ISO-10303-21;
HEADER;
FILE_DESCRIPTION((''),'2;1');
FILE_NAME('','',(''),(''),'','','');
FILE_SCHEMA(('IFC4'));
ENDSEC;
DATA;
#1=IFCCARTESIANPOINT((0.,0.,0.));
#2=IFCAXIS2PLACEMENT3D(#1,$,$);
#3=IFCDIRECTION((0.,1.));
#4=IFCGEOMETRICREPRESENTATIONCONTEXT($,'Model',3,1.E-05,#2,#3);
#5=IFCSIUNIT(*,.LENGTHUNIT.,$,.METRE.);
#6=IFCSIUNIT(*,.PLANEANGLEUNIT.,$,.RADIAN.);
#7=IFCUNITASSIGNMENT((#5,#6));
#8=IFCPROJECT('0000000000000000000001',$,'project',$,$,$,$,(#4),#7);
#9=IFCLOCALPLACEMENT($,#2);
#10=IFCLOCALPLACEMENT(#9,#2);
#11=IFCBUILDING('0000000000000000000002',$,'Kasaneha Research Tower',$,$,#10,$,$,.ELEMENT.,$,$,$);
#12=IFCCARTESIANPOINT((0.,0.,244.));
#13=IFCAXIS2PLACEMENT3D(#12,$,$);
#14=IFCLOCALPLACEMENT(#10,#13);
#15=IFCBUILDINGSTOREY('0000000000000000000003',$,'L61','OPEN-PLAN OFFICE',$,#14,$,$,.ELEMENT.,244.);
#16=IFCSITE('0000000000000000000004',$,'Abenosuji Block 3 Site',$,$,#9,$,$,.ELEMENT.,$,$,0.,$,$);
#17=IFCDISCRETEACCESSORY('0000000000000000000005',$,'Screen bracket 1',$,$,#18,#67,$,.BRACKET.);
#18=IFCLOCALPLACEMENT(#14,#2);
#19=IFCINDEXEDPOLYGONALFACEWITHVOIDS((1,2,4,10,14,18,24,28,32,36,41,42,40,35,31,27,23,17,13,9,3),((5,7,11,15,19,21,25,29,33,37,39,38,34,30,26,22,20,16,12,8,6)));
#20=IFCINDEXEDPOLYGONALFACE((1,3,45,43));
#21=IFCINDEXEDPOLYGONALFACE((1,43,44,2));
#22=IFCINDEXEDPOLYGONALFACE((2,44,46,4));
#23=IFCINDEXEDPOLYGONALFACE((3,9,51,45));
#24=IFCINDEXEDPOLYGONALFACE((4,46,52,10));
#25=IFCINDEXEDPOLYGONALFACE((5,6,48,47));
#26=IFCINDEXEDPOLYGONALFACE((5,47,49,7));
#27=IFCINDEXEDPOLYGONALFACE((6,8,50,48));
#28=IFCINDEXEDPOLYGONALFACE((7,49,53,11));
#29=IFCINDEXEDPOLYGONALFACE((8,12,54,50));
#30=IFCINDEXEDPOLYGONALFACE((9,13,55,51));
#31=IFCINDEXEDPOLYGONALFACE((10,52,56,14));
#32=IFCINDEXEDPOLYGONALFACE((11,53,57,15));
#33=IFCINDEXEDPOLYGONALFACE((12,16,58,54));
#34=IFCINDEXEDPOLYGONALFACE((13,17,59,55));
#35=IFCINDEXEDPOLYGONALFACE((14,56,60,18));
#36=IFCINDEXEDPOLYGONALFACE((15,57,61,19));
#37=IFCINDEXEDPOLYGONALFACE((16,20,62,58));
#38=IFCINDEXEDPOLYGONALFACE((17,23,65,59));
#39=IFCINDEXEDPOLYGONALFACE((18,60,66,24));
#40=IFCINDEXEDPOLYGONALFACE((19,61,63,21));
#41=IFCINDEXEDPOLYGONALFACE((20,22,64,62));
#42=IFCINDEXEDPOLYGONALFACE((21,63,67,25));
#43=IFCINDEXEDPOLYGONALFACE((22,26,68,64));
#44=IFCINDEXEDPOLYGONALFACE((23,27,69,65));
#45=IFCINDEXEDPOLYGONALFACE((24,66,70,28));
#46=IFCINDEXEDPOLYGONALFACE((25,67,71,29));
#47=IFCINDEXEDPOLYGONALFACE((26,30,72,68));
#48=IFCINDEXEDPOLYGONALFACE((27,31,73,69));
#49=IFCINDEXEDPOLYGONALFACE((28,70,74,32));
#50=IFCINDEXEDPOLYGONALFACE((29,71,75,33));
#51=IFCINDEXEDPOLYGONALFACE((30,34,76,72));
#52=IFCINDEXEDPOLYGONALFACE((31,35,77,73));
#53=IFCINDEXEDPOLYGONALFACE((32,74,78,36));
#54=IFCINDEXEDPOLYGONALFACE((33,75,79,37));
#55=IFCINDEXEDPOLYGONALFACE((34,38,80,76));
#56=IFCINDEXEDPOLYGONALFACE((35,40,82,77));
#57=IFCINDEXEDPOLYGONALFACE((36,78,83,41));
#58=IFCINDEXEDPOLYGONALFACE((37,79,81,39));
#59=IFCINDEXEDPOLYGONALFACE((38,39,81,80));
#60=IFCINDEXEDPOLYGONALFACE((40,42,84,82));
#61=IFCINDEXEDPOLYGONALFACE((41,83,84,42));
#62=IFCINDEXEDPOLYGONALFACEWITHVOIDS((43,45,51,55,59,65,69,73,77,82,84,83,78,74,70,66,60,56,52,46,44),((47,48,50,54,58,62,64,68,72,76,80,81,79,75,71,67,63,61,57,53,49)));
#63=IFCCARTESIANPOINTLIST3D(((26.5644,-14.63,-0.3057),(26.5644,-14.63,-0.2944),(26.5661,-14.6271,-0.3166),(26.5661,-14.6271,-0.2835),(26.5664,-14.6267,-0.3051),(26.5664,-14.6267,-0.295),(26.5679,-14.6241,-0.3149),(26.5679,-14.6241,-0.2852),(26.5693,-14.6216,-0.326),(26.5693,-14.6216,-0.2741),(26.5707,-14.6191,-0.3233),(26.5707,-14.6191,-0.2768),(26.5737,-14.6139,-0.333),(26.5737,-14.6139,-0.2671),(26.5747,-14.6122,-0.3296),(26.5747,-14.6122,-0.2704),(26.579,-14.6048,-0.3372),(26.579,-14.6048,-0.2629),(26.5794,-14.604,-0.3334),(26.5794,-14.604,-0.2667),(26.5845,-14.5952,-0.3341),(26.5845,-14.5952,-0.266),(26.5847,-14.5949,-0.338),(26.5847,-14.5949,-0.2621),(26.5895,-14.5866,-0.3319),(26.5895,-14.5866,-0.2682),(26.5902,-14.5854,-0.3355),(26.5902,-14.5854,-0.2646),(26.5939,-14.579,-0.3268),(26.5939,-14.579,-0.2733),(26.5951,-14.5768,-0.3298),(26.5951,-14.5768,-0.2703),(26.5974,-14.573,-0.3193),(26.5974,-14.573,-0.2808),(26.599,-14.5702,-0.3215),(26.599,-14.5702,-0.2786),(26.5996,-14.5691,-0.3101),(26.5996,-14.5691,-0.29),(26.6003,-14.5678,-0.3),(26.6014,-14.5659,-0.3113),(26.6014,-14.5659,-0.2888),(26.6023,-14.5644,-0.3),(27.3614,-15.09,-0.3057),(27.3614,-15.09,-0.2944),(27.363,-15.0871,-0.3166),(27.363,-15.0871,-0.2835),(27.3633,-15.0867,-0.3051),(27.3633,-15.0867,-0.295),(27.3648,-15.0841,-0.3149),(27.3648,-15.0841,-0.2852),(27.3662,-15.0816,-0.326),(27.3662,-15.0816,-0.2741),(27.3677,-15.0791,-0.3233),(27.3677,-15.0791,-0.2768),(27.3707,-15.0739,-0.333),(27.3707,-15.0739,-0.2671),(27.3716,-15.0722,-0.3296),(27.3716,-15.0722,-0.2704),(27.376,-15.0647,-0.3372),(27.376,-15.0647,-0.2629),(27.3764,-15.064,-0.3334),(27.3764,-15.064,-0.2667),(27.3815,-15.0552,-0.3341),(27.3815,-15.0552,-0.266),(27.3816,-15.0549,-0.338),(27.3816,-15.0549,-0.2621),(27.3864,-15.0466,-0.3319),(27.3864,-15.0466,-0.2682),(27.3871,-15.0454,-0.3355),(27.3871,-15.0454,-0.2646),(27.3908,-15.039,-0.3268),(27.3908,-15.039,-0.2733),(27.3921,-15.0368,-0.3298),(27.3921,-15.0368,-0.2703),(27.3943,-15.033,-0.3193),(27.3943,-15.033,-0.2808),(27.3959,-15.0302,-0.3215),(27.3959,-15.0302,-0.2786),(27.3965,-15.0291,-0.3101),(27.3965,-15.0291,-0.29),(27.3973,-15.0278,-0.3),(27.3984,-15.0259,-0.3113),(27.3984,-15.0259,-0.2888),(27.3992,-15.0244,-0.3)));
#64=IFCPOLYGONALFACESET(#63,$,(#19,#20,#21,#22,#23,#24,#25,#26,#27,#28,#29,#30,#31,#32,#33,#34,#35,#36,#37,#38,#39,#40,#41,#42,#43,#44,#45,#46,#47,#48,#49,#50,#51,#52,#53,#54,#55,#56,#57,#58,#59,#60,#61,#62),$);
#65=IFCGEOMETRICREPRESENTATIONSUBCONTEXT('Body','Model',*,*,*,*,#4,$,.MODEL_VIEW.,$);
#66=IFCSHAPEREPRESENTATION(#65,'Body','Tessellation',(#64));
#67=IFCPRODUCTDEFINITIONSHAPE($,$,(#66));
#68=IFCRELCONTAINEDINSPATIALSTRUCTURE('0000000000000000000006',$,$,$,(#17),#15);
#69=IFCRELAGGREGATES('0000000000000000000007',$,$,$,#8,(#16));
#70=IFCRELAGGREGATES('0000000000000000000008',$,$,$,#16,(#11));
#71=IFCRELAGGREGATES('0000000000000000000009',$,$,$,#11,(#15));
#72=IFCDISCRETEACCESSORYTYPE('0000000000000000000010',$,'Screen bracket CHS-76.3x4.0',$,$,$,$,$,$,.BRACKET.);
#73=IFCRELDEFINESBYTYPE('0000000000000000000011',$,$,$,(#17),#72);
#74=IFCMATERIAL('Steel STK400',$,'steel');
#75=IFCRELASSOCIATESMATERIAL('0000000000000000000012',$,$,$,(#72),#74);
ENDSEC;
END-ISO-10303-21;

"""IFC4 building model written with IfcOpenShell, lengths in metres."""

from ifc_helpers import new_model, si_unit, direction, frame, origin, origin_2d, place, context, subcontext, project, spatial, hollow_circle, extrude, material, material_profile, profile_set, type_object, element, save


model = new_model("IFC4")

# Units and contexts
model_context = context("Model", 3, precision=1e-05, world=origin(), true_north=direction((0.0, 1.0)))
body_context = subcontext(model_context, "Body", "Model", "MODEL_VIEW")
ifc_project = project(units=[si_unit("LENGTHUNIT", "METRE"), si_unit("PLANEANGLEUNIT", "RADIAN")], contexts=[model_context])

# Site, building, storey
site_placement = place(None, origin())
site = spatial("IfcSite", under=ifc_project, at=site_placement, Name="Abenosuji Block 3 Site", CompositionType="ELEMENT", RefElevation=0.0)
building_placement = place(site_placement, origin())
building = spatial("IfcBuilding", under=site, at=building_placement, Name="Kasaneha Research Tower", CompositionType="ELEMENT")
storey_placement = place(building_placement, frame((0.0, 0.0, 244.0)))
storey = spatial("IfcBuildingStorey", under=building, at=storey_placement, Name="L61", Description="OPEN-PLAN OFFICE", CompositionType="ELEMENT", Elevation=244.0)

# Discrete accessory
ifc_material_1 = material(Name="Steel STK400", Category="steel")
ifc_material_profile_1 = material_profile(ifc_material_1, hollow_circle(Radius=0.0381, WallThickness=0.0039, at=origin_2d()), Name="CHS-76.3x4.0")
ifc_profile_set_1 = profile_set([ifc_material_profile_1], Name="Steel STK400")
discrete_accessory_type = type_object("IfcDiscreteAccessoryType", Name="Screen bracket CHS-76.3x4.0", PredefinedType="BRACKET", material=ifc_profile_set_1)
discrete_accessory_1_placement = place(storey_placement, frame((26.5833, -14.5974, -0.3), z_axis=(0.86608, -0.499906, 0.0), x_axis=(0.499906, 0.86608, 0.0)))
element("IfcDiscreteAccessory", 1, at=discrete_accessory_1_placement, inside=storey, type_object=discrete_accessory_type, Name="Screen bracket 1", PredefinedType="BRACKET", context=body_context, shape_type="SweptSolid", body=[
    extrude(hollow_circle(Radius=0.0381, WallThickness=0.0039, at=origin_2d()), origin(), (0.0, 0.0, 1.0), 0.9202),
])

save(model, "model.ifc")
